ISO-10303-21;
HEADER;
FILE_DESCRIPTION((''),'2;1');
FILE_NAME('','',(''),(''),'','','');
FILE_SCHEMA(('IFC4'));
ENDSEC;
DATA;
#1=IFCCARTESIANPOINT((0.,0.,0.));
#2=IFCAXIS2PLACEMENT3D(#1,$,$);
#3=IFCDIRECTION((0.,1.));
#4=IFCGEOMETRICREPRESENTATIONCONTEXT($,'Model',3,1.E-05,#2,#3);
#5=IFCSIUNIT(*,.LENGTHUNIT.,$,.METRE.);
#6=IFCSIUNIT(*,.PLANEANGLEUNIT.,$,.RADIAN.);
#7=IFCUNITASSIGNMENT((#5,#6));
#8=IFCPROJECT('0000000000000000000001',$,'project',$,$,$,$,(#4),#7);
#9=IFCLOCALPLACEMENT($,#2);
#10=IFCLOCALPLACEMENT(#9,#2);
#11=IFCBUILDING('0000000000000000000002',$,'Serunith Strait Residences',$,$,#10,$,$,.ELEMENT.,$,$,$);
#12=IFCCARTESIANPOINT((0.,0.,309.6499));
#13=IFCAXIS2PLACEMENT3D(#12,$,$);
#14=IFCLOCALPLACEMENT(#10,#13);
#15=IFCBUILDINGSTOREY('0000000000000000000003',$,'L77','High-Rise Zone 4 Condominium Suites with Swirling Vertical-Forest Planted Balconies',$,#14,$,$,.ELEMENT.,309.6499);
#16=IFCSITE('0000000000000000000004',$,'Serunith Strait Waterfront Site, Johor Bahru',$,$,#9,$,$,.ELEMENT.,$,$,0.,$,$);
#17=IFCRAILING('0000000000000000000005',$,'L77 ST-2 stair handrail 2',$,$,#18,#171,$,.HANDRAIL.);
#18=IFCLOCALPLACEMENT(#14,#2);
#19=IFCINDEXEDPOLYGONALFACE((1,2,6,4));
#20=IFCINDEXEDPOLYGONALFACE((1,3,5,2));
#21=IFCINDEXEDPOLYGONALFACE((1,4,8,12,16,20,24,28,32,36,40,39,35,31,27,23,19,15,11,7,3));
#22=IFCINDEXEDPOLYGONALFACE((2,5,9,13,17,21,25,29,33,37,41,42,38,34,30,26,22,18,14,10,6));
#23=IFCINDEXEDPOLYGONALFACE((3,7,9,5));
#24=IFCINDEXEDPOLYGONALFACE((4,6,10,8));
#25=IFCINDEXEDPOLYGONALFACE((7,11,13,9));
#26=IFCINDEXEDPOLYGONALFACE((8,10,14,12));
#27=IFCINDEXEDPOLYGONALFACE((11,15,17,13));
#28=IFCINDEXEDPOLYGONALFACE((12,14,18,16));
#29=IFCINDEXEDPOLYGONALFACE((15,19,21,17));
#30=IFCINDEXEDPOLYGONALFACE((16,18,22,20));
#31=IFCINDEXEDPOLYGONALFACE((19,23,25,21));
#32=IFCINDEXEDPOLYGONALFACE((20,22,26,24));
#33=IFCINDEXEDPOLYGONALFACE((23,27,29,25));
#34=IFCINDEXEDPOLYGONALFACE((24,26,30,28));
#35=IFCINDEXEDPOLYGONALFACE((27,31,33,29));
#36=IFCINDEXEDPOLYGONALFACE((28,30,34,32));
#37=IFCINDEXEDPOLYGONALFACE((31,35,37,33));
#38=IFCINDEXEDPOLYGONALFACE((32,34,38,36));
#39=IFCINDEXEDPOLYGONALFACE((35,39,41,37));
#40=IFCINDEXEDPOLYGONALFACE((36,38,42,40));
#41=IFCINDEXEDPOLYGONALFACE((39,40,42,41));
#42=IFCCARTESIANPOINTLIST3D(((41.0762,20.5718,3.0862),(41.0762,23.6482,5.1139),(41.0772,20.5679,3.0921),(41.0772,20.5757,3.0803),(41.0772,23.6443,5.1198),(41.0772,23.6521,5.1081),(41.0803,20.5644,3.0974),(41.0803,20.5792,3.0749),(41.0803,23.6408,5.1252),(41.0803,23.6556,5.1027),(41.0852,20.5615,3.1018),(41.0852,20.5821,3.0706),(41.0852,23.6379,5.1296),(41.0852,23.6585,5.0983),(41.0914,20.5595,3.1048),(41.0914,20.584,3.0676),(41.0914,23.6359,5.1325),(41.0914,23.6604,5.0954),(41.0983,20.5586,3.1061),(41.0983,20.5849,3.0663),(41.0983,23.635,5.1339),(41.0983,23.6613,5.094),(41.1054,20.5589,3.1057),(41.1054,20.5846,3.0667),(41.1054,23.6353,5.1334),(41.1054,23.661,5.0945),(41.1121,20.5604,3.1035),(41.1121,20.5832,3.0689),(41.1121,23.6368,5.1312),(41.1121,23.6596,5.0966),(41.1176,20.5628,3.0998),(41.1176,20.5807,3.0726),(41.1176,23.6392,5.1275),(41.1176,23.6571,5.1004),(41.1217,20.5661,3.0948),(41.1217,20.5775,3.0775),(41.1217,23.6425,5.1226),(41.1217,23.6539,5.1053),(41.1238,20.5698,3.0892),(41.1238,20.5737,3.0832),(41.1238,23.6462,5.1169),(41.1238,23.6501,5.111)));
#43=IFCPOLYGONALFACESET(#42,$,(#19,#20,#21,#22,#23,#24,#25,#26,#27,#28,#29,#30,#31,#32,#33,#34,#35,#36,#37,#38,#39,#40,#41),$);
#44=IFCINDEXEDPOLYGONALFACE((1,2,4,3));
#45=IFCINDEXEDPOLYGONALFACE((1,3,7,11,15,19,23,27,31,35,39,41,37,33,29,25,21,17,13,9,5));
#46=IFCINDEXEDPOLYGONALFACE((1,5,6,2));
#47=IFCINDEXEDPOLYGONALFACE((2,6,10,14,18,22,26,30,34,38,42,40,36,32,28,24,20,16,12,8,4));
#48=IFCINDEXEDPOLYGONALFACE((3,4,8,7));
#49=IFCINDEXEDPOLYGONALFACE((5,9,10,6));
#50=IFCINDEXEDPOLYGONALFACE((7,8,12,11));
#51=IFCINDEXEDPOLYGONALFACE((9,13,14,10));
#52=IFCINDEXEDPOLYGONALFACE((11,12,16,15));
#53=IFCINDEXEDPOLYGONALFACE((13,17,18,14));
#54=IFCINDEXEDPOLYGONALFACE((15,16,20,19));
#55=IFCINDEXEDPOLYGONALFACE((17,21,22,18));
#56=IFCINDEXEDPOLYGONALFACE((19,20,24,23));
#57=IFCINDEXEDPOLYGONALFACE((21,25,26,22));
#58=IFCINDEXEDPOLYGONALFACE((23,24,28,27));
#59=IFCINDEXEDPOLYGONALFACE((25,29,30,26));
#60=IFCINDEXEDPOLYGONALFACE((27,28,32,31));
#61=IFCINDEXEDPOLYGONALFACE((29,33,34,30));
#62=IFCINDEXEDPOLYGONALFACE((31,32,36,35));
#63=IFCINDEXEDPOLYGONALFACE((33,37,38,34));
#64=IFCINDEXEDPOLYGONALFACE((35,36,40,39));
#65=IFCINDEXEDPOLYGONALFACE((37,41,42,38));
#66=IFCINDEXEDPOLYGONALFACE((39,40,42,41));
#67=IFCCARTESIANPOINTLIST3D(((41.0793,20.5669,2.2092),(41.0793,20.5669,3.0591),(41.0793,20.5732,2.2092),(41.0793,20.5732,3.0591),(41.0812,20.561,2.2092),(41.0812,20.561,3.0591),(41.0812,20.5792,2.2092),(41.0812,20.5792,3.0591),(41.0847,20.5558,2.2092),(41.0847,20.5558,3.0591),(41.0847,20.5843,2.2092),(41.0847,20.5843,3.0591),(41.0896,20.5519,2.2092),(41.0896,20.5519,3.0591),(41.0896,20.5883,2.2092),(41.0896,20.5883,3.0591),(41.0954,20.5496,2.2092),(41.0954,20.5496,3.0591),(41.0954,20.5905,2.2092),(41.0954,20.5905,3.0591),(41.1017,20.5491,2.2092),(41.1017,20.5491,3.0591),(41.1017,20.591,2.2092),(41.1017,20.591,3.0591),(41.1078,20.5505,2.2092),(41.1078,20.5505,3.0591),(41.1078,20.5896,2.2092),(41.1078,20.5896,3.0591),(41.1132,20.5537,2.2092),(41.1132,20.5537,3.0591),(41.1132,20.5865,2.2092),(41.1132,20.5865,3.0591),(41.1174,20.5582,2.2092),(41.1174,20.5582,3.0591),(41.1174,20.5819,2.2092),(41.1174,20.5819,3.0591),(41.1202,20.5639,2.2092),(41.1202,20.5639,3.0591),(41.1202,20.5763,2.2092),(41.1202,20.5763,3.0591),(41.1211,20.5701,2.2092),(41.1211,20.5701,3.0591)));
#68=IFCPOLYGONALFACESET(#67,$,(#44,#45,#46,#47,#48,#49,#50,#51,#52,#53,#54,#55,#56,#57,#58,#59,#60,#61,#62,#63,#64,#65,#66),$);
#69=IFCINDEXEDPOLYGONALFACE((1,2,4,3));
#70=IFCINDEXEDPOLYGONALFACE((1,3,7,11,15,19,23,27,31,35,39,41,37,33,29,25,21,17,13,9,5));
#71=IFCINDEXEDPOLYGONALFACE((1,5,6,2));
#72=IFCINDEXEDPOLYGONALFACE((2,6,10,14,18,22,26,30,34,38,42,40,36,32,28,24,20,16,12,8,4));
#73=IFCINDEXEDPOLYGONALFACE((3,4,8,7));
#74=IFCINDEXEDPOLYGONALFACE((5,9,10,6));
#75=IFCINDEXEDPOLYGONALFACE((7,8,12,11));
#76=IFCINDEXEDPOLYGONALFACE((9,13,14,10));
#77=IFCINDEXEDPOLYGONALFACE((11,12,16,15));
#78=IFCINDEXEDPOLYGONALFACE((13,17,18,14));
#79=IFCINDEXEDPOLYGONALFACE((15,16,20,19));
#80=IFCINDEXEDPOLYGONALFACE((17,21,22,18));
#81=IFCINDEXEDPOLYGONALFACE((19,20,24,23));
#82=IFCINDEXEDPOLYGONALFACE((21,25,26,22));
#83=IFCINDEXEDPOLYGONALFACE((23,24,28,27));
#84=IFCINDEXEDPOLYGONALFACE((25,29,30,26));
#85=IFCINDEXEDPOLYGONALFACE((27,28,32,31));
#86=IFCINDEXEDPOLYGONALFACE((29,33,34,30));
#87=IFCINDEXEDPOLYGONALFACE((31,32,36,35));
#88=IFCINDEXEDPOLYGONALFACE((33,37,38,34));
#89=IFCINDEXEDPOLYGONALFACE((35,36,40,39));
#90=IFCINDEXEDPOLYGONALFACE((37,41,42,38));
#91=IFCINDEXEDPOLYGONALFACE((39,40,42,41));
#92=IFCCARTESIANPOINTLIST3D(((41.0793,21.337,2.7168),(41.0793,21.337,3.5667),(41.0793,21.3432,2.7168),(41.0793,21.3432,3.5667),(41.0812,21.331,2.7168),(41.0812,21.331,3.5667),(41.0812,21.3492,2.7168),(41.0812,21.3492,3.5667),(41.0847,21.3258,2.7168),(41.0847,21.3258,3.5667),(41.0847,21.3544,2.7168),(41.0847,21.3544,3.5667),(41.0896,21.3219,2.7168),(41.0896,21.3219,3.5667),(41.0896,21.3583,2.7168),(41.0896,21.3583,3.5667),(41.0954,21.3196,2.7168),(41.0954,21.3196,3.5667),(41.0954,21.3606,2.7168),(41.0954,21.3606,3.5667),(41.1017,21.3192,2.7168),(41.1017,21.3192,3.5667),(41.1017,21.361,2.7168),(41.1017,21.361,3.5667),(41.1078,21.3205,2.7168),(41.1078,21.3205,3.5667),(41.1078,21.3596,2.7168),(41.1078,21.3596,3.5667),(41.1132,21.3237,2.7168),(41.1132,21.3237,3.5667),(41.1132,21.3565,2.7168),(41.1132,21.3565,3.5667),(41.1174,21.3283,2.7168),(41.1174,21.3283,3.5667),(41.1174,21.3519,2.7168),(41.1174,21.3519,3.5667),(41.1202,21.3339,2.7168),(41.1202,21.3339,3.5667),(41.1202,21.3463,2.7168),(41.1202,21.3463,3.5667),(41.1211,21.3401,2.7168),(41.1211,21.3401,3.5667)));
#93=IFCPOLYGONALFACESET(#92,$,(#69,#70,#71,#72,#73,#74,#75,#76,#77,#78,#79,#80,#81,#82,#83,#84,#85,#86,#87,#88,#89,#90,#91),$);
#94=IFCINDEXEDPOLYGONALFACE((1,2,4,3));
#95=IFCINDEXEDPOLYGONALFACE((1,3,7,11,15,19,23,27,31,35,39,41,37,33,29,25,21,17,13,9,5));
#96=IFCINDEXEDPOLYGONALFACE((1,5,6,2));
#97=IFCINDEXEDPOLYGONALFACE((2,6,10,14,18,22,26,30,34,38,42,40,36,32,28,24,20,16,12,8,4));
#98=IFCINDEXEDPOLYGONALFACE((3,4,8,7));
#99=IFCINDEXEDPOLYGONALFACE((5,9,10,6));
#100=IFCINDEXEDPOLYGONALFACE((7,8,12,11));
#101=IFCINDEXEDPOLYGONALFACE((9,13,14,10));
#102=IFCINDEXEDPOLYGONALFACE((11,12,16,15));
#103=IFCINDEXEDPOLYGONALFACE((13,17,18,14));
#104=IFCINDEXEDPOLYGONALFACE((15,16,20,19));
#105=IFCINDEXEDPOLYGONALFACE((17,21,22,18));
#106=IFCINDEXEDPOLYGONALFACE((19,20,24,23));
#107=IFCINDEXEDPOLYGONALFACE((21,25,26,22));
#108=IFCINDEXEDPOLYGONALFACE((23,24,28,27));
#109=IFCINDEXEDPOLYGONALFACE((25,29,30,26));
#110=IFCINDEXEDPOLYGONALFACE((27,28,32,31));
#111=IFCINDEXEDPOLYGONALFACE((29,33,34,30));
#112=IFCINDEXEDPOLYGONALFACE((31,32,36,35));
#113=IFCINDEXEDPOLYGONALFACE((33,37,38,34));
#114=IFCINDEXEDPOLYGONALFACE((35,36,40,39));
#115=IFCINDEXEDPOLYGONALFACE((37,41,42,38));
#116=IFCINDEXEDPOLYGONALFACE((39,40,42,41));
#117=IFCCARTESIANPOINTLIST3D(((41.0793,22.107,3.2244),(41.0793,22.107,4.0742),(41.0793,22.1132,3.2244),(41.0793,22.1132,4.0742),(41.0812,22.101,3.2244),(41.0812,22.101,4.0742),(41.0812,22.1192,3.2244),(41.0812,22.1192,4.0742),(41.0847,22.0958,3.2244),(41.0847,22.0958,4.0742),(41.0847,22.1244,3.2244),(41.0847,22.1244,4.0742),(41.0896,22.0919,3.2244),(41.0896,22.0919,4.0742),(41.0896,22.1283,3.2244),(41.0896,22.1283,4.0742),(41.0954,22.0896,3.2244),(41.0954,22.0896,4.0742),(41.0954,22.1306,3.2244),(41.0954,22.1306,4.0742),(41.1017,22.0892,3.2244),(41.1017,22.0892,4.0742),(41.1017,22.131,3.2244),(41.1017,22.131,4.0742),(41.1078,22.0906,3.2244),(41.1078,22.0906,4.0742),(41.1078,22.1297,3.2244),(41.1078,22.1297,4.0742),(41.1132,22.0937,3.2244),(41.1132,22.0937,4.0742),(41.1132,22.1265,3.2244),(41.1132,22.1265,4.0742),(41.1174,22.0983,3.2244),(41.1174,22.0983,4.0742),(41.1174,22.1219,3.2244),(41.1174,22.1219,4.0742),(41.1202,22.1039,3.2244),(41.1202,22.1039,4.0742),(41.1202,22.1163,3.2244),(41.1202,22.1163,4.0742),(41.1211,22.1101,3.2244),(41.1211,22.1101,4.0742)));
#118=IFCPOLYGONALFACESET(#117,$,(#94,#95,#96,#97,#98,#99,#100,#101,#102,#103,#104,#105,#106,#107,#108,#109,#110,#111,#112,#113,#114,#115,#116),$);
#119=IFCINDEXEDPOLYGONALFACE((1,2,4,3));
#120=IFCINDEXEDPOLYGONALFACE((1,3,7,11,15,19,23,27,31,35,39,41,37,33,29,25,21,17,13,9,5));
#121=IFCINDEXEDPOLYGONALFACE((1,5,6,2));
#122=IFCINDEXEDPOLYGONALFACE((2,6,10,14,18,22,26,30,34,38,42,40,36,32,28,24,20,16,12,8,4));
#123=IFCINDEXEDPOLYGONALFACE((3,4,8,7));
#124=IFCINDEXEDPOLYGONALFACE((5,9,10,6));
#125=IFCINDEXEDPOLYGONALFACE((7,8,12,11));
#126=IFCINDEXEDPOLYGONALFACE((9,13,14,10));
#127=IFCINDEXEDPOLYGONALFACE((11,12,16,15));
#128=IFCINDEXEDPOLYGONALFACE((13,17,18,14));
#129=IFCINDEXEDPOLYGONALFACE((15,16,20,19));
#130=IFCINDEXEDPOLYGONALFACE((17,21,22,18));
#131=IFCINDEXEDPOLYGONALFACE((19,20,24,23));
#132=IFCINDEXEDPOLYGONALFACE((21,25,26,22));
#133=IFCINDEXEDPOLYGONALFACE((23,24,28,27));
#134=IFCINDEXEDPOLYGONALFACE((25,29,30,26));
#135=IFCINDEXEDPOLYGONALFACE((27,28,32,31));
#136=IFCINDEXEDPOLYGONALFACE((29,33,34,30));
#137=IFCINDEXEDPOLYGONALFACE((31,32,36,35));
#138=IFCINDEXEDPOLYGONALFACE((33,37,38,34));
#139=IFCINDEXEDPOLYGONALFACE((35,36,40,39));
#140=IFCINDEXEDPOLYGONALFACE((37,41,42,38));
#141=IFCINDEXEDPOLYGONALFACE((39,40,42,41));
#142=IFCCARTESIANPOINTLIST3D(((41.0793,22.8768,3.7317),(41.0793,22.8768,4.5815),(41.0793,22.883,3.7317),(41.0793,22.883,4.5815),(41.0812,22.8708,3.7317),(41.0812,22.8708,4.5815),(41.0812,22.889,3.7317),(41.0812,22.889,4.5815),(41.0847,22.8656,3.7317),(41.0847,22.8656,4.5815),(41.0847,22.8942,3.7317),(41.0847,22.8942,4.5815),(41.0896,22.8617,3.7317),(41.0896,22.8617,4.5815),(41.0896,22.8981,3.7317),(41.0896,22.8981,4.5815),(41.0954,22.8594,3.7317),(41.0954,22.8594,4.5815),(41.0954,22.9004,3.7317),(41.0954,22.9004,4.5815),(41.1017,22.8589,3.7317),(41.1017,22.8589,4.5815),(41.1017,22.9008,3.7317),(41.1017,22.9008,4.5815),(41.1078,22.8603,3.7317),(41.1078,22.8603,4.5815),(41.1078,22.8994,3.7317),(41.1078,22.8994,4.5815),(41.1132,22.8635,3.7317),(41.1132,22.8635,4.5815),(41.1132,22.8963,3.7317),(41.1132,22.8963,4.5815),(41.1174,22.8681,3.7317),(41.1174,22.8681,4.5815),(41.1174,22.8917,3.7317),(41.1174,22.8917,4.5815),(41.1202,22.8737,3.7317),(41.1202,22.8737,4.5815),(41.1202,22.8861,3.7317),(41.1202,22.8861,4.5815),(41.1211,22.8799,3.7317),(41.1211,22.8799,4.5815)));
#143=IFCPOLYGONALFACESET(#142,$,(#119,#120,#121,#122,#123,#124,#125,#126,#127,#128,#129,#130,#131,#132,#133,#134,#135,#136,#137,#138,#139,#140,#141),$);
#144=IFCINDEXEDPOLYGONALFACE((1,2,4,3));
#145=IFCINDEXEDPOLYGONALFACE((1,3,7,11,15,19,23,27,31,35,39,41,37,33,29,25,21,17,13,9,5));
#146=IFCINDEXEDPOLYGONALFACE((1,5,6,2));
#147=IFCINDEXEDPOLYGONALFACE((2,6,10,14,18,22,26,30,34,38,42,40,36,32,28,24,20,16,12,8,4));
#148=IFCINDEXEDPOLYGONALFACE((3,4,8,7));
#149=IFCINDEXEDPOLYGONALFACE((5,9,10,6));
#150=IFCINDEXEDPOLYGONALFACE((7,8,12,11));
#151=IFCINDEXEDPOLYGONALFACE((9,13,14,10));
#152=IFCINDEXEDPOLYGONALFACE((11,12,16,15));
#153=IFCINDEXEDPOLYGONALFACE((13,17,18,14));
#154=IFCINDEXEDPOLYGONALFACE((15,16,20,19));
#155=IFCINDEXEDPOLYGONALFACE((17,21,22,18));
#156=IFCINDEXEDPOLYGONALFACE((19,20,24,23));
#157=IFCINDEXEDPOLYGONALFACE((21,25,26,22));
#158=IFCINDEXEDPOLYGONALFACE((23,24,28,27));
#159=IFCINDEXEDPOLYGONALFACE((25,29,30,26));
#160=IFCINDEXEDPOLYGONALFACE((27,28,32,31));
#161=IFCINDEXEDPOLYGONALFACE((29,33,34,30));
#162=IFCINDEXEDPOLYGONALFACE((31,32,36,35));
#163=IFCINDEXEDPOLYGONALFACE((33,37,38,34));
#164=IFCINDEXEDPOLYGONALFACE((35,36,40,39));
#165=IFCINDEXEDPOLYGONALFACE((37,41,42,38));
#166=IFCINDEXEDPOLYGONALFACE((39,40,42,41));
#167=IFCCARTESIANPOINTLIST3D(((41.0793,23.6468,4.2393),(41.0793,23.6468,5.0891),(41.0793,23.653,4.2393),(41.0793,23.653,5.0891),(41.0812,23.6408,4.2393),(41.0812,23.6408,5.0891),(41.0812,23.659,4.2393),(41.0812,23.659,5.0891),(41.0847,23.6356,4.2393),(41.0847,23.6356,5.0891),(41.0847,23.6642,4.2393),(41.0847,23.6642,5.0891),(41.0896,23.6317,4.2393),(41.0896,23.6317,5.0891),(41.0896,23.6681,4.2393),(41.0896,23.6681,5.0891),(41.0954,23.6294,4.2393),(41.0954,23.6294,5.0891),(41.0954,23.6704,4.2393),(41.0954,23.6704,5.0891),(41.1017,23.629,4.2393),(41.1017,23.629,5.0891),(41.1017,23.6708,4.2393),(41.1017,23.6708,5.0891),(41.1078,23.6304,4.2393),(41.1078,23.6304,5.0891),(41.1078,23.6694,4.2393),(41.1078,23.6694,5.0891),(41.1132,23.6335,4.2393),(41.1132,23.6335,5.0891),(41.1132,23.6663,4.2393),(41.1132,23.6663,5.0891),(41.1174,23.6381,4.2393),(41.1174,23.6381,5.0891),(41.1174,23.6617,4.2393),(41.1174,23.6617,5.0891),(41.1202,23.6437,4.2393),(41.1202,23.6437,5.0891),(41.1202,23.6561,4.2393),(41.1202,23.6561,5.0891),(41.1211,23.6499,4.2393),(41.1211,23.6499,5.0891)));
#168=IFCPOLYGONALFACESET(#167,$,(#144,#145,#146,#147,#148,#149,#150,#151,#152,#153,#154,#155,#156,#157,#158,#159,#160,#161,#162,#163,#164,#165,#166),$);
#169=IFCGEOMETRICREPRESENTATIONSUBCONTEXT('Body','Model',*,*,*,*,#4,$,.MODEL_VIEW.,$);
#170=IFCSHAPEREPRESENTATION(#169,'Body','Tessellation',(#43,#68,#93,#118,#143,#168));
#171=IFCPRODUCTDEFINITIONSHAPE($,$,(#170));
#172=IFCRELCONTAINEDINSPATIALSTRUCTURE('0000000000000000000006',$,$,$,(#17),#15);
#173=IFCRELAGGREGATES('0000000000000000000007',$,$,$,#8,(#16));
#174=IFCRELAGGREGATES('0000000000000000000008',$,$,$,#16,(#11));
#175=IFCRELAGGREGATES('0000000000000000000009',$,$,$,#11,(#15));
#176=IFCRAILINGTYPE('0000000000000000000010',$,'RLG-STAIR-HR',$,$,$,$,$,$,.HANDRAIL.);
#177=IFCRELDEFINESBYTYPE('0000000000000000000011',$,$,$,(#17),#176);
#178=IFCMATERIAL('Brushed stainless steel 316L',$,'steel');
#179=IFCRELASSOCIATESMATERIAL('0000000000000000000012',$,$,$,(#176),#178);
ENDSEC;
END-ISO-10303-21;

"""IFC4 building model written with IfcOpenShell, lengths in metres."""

from ifc_helpers import new_model, si_unit, direction, frame, origin, origin_2d, place, context, subcontext, project, spatial, circle, extrude, material, type_object, element, save


model = new_model("IFC4")

# Units and contexts
model_context = context("Model", 3, precision=1e-05, world=origin(), true_north=direction((0.0, 1.0)))
body_context = subcontext(model_context, "Body", "Model", "MODEL_VIEW")
ifc_project = project(units=[si_unit("LENGTHUNIT", "METRE"), si_unit("PLANEANGLEUNIT", "RADIAN")], contexts=[model_context])

# Site, building, storey
site_placement = place(None, origin())
site = spatial("IfcSite", under=ifc_project, at=site_placement, Name="Serunith Strait Waterfront Site, Johor Bahru", CompositionType="ELEMENT", RefElevation=0.0)
building_placement = place(site_placement, origin())
building = spatial("IfcBuilding", under=site, at=building_placement, Name="Serunith Strait Residences", CompositionType="ELEMENT")
storey_placement = place(building_placement, frame((0.0, 0.0, 309.6499)))
storey = spatial("IfcBuildingStorey", under=building, at=storey_placement, Name="L77", Description="High-Rise Zone 4 Condominium Suites with Swirling Vertical-Forest Planted Balconies", CompositionType="ELEMENT", Elevation=309.6499)

# Railing
ifc_material_1 = material(Name="Brushed stainless steel 316L", Category="steel")
railing_type_1 = type_object("IfcRailingType", Name="RLG-STAIR-HR", PredefinedType="HANDRAIL", material=ifc_material_1)
railing_1_placement = place(storey_placement, frame((41.1001, 20.5701, 2.2092)))
element("IfcRailing", 1, at=railing_1_placement, inside=storey, type_object=railing_type_1, Name="L77 ST-2 stair handrail 2", PredefinedType="HANDRAIL", context=body_context, shape_type="SweptSolid", body=[
    extrude(circle(Radius=0.0239, at=origin_2d()), frame((0.0, 0.0017, 0.877), z_axis=(0.0, 0.834941, 0.55034), x_axis=(-1.0, 0.0, 0.0)), (0.0, 0.0, 1.0), 3.6846),
    extrude(circle(Radius=0.021, at=origin_2d()), origin(), (0.0, 0.0, 1.0), 0.8499),
    extrude(circle(Radius=0.021, at=origin_2d()), frame((0.0, 0.77, 0.5076)), (0.0, 0.0, 1.0), 0.8499),
    extrude(circle(Radius=0.021, at=origin_2d()), frame((0.0, 1.54, 1.0151)), (0.0, 0.0, 1.0), 0.8499),
    extrude(circle(Radius=0.021, at=origin_2d()), frame((0.0, 2.3098, 1.5225)), (0.0, 0.0, 1.0), 0.8499),
    extrude(circle(Radius=0.021, at=origin_2d()), frame((0.0, 3.0798, 2.03)), (0.0, 0.0, 1.0), 0.8499),
])

save(model, "model.ifc")
